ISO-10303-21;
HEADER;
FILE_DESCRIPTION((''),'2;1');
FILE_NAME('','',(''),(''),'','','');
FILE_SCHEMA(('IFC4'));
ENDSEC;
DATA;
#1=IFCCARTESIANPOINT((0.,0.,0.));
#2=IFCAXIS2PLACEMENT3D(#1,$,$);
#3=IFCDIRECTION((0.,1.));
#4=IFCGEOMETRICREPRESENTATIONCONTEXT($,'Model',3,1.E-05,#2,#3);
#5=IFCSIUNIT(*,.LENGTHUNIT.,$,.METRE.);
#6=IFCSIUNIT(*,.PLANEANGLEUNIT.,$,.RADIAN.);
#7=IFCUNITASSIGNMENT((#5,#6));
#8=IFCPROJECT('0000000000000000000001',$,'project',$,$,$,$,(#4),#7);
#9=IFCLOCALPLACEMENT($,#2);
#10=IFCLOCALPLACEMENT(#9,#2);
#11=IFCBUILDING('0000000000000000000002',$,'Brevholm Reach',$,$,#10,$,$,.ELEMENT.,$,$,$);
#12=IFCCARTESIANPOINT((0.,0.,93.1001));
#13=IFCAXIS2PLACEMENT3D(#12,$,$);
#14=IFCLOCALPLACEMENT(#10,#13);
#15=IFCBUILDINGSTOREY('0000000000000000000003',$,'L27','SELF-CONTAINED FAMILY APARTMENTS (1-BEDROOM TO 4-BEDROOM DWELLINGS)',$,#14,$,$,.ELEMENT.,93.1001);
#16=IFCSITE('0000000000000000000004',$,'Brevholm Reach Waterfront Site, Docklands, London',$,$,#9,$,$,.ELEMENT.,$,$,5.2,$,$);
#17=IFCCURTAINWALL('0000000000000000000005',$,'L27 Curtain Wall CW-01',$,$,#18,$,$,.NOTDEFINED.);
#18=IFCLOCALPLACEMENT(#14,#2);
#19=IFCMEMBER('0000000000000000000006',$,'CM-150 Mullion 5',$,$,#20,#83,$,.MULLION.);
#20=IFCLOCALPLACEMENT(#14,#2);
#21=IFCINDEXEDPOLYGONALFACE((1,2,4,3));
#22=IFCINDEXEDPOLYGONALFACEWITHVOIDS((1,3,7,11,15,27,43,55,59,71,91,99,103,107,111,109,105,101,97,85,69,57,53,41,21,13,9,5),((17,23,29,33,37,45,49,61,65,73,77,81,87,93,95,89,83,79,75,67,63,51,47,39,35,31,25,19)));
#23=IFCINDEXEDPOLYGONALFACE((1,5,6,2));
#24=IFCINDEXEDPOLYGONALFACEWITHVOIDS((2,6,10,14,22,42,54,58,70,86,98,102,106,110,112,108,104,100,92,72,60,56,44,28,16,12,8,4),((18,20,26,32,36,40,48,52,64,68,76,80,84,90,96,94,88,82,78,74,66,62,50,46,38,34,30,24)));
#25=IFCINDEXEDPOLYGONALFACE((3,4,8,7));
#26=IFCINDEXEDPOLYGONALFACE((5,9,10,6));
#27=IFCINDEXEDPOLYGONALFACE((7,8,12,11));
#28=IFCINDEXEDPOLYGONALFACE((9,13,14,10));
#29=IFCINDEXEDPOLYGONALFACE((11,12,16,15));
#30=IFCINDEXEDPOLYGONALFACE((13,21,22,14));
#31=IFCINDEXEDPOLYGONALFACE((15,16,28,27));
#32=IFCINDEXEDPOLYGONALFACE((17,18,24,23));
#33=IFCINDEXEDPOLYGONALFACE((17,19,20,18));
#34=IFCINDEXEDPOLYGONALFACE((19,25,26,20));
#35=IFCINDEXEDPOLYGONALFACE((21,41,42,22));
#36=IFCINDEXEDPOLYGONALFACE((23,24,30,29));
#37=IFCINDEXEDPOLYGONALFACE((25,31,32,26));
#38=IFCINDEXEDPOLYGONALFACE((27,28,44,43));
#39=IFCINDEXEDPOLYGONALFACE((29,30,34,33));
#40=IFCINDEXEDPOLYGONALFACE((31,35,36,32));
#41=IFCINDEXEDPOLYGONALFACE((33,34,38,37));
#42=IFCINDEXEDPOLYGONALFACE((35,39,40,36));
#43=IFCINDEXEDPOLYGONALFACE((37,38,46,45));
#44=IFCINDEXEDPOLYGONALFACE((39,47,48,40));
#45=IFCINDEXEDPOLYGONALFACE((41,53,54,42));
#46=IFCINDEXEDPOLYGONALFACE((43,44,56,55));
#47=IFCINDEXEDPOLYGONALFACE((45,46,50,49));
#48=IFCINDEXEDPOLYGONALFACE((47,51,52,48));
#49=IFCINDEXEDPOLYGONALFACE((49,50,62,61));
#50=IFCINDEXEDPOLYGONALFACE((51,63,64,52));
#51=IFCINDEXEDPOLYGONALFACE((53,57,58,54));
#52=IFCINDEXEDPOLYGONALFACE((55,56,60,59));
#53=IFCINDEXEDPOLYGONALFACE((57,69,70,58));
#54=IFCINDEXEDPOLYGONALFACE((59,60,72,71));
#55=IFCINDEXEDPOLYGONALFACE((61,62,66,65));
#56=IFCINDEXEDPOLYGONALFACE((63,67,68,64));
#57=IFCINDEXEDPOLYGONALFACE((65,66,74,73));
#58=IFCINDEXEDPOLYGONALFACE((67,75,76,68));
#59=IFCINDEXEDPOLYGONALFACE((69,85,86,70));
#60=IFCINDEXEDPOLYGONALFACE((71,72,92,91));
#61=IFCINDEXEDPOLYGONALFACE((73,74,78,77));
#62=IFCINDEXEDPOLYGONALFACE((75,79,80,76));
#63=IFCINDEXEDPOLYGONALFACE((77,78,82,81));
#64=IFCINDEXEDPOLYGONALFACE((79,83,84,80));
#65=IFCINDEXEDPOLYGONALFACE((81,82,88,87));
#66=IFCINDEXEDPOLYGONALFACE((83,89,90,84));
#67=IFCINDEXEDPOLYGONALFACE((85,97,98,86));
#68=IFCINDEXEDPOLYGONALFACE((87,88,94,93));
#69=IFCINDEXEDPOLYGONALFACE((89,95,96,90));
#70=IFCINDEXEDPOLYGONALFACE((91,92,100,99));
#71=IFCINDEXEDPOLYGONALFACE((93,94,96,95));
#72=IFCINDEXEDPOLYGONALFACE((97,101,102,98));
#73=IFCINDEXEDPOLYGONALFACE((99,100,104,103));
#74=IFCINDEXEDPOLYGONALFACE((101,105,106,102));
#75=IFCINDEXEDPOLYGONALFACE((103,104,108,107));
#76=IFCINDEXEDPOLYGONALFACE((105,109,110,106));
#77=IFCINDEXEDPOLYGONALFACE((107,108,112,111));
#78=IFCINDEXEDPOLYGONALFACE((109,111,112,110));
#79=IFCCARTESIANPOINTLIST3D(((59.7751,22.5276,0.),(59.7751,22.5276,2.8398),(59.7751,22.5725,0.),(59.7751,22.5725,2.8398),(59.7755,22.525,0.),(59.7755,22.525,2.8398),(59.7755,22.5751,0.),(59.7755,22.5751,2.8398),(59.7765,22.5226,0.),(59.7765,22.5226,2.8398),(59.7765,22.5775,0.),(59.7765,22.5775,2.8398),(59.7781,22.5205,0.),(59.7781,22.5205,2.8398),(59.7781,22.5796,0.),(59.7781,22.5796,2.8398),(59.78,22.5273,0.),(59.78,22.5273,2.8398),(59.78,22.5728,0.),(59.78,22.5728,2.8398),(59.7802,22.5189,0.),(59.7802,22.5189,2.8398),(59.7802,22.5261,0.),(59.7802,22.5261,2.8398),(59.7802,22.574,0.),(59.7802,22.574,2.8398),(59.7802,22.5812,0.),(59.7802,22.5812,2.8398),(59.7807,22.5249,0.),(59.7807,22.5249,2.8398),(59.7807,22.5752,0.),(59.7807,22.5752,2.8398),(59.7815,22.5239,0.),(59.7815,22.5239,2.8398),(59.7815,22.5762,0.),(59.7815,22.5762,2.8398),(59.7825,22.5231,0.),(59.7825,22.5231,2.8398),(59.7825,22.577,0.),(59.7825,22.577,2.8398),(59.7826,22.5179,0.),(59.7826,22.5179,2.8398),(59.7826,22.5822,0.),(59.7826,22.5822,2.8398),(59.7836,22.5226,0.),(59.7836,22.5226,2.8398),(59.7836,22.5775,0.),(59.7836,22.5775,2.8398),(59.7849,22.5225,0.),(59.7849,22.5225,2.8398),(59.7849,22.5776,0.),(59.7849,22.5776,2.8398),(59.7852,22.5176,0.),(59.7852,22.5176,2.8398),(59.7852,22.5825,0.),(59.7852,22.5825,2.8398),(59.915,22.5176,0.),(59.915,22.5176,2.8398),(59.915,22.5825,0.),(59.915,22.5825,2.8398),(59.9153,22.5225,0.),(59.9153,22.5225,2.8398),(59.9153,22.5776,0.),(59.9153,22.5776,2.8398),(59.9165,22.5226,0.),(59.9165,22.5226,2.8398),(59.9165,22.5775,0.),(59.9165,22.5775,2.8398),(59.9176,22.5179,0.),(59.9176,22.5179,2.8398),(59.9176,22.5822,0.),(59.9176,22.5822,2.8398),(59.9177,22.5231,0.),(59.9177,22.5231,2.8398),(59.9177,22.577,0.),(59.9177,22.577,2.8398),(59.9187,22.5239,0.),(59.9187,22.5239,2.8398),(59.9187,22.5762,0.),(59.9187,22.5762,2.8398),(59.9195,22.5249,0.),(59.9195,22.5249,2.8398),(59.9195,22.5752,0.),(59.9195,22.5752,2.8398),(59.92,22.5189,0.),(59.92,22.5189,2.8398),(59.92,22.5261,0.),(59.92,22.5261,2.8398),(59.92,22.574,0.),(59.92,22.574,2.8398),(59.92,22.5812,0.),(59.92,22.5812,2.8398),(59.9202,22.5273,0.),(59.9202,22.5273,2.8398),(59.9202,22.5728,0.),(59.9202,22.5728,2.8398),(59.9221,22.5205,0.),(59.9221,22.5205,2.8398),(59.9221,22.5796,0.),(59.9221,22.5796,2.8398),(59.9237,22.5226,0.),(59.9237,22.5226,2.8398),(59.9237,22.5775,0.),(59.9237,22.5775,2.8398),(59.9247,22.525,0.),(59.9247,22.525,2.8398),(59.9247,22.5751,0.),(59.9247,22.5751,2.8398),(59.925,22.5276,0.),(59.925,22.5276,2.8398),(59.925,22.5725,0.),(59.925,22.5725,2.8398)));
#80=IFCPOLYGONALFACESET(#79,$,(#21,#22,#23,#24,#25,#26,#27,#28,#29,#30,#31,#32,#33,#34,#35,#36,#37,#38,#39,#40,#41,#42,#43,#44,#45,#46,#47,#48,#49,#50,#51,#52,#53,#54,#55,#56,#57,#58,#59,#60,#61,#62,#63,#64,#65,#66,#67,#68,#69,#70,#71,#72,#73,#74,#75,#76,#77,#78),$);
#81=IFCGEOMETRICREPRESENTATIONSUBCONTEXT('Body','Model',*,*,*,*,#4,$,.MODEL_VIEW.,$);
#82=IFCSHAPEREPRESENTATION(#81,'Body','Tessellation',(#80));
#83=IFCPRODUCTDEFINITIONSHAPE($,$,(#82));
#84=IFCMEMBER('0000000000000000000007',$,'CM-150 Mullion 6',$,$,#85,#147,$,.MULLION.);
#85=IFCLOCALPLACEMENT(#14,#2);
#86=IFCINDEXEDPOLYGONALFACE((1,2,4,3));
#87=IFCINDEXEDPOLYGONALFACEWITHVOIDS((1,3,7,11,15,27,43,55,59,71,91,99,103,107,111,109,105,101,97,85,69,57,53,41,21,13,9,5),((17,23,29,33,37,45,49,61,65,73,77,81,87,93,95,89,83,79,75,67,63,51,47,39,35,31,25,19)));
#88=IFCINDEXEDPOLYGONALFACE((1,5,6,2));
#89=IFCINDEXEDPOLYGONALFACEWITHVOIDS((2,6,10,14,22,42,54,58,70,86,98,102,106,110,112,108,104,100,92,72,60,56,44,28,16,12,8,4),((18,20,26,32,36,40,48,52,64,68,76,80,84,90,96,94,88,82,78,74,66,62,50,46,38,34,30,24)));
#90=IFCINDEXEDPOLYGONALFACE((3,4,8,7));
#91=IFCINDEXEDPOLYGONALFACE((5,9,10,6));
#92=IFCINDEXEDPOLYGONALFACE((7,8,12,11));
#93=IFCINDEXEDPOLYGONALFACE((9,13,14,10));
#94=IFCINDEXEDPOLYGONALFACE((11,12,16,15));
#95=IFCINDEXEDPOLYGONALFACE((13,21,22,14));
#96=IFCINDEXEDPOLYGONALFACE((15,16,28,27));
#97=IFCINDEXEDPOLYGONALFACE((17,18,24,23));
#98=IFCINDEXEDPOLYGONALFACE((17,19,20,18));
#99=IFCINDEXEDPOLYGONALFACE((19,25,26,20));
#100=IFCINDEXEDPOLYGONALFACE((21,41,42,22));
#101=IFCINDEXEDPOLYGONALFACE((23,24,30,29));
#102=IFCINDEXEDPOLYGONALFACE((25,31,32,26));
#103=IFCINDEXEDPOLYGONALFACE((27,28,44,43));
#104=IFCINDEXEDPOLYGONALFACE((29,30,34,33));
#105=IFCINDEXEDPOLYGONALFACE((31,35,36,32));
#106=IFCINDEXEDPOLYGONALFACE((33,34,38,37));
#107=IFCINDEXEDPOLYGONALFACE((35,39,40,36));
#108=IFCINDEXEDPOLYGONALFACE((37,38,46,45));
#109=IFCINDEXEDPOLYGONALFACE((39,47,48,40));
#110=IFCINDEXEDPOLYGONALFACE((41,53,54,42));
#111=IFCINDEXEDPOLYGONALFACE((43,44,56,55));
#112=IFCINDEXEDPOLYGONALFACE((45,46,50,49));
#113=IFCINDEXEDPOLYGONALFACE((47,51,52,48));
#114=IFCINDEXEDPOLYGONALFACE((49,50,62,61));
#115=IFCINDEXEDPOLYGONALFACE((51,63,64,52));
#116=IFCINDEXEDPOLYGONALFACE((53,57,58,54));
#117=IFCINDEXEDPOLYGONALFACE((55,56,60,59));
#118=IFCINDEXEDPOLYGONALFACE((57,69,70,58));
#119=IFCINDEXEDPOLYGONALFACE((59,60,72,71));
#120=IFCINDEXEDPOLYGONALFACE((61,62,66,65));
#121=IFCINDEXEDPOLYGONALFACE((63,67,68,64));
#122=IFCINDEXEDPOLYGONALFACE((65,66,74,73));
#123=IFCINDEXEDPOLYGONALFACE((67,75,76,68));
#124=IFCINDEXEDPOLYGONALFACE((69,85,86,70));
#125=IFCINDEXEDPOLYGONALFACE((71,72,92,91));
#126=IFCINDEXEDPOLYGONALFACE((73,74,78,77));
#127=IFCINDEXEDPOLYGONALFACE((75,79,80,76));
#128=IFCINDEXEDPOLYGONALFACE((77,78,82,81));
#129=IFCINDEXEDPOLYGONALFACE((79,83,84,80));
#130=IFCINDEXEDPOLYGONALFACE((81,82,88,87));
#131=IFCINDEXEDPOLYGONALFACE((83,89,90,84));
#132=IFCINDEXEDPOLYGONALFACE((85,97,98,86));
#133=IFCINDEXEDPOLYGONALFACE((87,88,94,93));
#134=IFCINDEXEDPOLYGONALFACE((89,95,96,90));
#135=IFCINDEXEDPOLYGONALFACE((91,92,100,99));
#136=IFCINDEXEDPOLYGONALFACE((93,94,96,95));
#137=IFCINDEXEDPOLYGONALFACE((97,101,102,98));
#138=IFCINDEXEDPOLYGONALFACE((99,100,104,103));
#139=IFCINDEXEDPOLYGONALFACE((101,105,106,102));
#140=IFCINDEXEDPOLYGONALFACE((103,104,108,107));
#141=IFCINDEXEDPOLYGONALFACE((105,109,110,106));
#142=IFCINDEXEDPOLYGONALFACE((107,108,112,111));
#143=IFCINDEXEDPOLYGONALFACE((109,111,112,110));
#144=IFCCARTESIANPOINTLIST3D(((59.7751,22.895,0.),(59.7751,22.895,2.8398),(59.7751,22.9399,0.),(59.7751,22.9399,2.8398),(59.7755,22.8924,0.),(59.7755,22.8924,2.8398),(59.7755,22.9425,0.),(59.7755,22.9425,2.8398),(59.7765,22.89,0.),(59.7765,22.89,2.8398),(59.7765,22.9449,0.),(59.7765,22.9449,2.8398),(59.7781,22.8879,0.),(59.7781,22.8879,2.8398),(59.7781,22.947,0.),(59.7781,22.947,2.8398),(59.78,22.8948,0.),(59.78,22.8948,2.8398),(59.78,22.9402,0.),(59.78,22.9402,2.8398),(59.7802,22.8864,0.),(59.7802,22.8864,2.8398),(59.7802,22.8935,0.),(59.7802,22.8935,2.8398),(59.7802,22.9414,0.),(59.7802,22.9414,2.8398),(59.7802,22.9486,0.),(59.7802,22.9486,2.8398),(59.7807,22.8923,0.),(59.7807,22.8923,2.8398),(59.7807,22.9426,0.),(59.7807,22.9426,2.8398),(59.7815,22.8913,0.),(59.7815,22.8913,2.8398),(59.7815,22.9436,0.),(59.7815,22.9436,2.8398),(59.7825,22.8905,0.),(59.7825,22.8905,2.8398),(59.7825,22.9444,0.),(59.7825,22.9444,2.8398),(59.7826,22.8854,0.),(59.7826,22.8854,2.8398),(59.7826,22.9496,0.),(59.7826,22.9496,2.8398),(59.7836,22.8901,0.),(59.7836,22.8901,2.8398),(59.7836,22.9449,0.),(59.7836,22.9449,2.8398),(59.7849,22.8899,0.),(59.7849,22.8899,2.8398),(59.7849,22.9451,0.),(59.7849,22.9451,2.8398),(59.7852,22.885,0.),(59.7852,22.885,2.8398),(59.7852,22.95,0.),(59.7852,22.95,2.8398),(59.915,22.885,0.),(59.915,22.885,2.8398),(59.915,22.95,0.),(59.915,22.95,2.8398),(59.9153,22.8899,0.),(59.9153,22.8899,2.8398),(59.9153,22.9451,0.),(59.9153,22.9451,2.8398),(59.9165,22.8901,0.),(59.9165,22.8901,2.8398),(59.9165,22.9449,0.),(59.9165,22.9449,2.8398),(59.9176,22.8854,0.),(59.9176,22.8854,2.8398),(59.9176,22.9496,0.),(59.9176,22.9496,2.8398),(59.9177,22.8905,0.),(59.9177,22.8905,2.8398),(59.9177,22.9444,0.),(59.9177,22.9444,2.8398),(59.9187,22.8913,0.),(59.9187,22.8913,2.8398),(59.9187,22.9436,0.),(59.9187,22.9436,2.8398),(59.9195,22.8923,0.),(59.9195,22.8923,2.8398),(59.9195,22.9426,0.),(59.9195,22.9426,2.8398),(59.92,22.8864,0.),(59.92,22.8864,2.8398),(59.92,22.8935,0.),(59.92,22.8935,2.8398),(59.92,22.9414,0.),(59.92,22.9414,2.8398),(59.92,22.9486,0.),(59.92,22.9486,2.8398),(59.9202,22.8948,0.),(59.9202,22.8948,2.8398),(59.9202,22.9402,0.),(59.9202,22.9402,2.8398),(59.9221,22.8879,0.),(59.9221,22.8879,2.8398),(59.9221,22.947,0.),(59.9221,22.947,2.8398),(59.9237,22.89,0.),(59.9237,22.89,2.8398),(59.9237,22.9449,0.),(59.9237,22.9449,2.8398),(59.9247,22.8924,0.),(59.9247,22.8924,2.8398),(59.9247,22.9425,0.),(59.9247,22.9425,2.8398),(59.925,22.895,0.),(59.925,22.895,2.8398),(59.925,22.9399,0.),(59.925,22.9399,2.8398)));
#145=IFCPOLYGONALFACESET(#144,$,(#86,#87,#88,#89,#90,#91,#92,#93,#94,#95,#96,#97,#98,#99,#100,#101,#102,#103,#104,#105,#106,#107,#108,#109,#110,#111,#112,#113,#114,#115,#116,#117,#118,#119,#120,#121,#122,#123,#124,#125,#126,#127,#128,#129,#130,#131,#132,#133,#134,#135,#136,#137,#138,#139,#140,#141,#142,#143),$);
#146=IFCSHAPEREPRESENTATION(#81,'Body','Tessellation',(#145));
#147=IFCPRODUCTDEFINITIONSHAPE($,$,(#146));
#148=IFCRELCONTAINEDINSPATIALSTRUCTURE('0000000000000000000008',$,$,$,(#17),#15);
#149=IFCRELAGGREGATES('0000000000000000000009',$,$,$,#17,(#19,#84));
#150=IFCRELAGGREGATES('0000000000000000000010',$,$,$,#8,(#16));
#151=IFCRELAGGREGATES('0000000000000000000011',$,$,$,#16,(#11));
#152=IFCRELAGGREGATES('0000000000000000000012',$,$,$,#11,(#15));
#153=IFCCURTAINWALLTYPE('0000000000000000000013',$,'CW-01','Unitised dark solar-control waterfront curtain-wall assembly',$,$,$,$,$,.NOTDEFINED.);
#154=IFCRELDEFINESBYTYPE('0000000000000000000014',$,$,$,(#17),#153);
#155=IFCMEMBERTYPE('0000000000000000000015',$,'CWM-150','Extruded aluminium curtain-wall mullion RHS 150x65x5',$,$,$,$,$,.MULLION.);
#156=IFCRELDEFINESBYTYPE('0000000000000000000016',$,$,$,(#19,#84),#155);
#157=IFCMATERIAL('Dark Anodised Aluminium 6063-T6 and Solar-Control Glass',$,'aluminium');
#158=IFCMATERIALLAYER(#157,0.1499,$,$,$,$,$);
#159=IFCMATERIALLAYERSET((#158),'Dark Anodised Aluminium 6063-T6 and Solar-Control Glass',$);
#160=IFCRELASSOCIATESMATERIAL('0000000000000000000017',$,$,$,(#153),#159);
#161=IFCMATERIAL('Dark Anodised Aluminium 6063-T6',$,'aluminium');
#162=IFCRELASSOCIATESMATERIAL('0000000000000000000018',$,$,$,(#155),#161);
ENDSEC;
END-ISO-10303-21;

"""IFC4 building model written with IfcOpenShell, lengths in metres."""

from ifc_helpers import new_model, si_unit, direction, frame, origin, origin_2d, place, context, subcontext, project, spatial, hollow_rectangle, extrude, material, layer, layer_set, material_profile, profile_set, type_object, element, aggregate, save


model = new_model("IFC4")

# Units and contexts
model_context = context("Model", 3, precision=1e-05, world=origin(), true_north=direction((0.0, 1.0)))
body_context = subcontext(model_context, "Body", "Model", "MODEL_VIEW")
ifc_project = project(units=[si_unit("LENGTHUNIT", "METRE"), si_unit("PLANEANGLEUNIT", "RADIAN")], contexts=[model_context])

# Site, building, storey
site_placement = place(None, origin())
site = spatial("IfcSite", under=ifc_project, at=site_placement, Name="Brevholm Reach Waterfront Site, Docklands, London", CompositionType="ELEMENT", RefElevation=5.2)
building_placement = place(site_placement, origin())
building = spatial("IfcBuilding", under=site, at=building_placement, Name="Brevholm Reach", CompositionType="ELEMENT")
storey_placement = place(building_placement, frame((0.0, 0.0, 93.1001)))
storey = spatial("IfcBuildingStorey", under=building, at=storey_placement, Name="L27", Description="SELF-CONTAINED FAMILY APARTMENTS (1-BEDROOM TO 4-BEDROOM DWELLINGS)", CompositionType="ELEMENT", Elevation=93.1001)

# Curtain wall, members
ifc_material_1 = material(Name="Dark Anodised Aluminium 6063-T6 and Solar-Control Glass", Category="aluminium")
ifc_layer_1 = layer(ifc_material_1, 0.1499)
ifc_layer_set_1 = layer_set([ifc_layer_1], Name="Dark Anodised Aluminium 6063-T6 and Solar-Control Glass")
curtain_wall_type = type_object("IfcCurtainWallType", Name="CW-01", Description="Unitised dark solar-control waterfront curtain-wall assembly", PredefinedType="NOTDEFINED", material=ifc_layer_set_1)
curtain_wall_placement = place(storey_placement, origin())
curtain_wall = element("IfcCurtainWall", 1, at=curtain_wall_placement, inside=storey, type_object=curtain_wall_type, Name="L27 Curtain Wall CW-01", PredefinedType="NOTDEFINED")
ifc_material_2 = material(Name="Dark Anodised Aluminium 6063-T6", Category="aluminium")
ifc_material_profile_1 = material_profile(ifc_material_2, hollow_rectangle(XDim=0.0649, YDim=0.1499, WallThickness=0.0049, InnerFilletRadius=0.0049, OuterFilletRadius=0.01, at=origin_2d()), Name="RHS 150x65x5")
ifc_profile_set_1 = profile_set([ifc_material_profile_1], Name="Dark Anodised Aluminium 6063-T6")
member_type_1 = type_object("IfcMemberType", Name="CWM-150", Description="Extruded aluminium curtain-wall mullion RHS 150x65x5", PredefinedType="MULLION", material=ifc_profile_set_1)
member_1_placement = place(storey_placement, frame((59.8501, 22.55, 0.0), z_axis=(0.0, 0.0, 1.0), x_axis=(0.0, 1.0, 0.0)))
member_1 = element("IfcMember", 2, at=member_1_placement, type_object=member_type_1, Name="CM-150 Mullion 5", PredefinedType="MULLION", context=body_context, shape_type="SweptSolid", body=[
    extrude(hollow_rectangle(XDim=0.0649, YDim=0.1499, WallThickness=0.0049, InnerFilletRadius=0.0049, OuterFilletRadius=0.01, at=origin_2d()), origin(), (0.0, 0.0, 1.0), 2.8398),
])
member_2_placement = place(storey_placement, frame((59.8501, 22.9175, 0.0), z_axis=(0.0, 0.0, 1.0), x_axis=(0.0, 1.0, 0.0)))
member_2 = element("IfcMember", 3, at=member_2_placement, type_object=member_type_1, Name="CM-150 Mullion 6", PredefinedType="MULLION", context=body_context, shape_type="SweptSolid", body=[
    extrude(hollow_rectangle(XDim=0.0649, YDim=0.1499, WallThickness=0.0049, InnerFilletRadius=0.0049, OuterFilletRadius=0.01, at=origin_2d()), origin(), (0.0, 0.0, 1.0), 2.8398),
])
aggregate(curtain_wall, [member_1, member_2])

save(model, "model.ifc")
